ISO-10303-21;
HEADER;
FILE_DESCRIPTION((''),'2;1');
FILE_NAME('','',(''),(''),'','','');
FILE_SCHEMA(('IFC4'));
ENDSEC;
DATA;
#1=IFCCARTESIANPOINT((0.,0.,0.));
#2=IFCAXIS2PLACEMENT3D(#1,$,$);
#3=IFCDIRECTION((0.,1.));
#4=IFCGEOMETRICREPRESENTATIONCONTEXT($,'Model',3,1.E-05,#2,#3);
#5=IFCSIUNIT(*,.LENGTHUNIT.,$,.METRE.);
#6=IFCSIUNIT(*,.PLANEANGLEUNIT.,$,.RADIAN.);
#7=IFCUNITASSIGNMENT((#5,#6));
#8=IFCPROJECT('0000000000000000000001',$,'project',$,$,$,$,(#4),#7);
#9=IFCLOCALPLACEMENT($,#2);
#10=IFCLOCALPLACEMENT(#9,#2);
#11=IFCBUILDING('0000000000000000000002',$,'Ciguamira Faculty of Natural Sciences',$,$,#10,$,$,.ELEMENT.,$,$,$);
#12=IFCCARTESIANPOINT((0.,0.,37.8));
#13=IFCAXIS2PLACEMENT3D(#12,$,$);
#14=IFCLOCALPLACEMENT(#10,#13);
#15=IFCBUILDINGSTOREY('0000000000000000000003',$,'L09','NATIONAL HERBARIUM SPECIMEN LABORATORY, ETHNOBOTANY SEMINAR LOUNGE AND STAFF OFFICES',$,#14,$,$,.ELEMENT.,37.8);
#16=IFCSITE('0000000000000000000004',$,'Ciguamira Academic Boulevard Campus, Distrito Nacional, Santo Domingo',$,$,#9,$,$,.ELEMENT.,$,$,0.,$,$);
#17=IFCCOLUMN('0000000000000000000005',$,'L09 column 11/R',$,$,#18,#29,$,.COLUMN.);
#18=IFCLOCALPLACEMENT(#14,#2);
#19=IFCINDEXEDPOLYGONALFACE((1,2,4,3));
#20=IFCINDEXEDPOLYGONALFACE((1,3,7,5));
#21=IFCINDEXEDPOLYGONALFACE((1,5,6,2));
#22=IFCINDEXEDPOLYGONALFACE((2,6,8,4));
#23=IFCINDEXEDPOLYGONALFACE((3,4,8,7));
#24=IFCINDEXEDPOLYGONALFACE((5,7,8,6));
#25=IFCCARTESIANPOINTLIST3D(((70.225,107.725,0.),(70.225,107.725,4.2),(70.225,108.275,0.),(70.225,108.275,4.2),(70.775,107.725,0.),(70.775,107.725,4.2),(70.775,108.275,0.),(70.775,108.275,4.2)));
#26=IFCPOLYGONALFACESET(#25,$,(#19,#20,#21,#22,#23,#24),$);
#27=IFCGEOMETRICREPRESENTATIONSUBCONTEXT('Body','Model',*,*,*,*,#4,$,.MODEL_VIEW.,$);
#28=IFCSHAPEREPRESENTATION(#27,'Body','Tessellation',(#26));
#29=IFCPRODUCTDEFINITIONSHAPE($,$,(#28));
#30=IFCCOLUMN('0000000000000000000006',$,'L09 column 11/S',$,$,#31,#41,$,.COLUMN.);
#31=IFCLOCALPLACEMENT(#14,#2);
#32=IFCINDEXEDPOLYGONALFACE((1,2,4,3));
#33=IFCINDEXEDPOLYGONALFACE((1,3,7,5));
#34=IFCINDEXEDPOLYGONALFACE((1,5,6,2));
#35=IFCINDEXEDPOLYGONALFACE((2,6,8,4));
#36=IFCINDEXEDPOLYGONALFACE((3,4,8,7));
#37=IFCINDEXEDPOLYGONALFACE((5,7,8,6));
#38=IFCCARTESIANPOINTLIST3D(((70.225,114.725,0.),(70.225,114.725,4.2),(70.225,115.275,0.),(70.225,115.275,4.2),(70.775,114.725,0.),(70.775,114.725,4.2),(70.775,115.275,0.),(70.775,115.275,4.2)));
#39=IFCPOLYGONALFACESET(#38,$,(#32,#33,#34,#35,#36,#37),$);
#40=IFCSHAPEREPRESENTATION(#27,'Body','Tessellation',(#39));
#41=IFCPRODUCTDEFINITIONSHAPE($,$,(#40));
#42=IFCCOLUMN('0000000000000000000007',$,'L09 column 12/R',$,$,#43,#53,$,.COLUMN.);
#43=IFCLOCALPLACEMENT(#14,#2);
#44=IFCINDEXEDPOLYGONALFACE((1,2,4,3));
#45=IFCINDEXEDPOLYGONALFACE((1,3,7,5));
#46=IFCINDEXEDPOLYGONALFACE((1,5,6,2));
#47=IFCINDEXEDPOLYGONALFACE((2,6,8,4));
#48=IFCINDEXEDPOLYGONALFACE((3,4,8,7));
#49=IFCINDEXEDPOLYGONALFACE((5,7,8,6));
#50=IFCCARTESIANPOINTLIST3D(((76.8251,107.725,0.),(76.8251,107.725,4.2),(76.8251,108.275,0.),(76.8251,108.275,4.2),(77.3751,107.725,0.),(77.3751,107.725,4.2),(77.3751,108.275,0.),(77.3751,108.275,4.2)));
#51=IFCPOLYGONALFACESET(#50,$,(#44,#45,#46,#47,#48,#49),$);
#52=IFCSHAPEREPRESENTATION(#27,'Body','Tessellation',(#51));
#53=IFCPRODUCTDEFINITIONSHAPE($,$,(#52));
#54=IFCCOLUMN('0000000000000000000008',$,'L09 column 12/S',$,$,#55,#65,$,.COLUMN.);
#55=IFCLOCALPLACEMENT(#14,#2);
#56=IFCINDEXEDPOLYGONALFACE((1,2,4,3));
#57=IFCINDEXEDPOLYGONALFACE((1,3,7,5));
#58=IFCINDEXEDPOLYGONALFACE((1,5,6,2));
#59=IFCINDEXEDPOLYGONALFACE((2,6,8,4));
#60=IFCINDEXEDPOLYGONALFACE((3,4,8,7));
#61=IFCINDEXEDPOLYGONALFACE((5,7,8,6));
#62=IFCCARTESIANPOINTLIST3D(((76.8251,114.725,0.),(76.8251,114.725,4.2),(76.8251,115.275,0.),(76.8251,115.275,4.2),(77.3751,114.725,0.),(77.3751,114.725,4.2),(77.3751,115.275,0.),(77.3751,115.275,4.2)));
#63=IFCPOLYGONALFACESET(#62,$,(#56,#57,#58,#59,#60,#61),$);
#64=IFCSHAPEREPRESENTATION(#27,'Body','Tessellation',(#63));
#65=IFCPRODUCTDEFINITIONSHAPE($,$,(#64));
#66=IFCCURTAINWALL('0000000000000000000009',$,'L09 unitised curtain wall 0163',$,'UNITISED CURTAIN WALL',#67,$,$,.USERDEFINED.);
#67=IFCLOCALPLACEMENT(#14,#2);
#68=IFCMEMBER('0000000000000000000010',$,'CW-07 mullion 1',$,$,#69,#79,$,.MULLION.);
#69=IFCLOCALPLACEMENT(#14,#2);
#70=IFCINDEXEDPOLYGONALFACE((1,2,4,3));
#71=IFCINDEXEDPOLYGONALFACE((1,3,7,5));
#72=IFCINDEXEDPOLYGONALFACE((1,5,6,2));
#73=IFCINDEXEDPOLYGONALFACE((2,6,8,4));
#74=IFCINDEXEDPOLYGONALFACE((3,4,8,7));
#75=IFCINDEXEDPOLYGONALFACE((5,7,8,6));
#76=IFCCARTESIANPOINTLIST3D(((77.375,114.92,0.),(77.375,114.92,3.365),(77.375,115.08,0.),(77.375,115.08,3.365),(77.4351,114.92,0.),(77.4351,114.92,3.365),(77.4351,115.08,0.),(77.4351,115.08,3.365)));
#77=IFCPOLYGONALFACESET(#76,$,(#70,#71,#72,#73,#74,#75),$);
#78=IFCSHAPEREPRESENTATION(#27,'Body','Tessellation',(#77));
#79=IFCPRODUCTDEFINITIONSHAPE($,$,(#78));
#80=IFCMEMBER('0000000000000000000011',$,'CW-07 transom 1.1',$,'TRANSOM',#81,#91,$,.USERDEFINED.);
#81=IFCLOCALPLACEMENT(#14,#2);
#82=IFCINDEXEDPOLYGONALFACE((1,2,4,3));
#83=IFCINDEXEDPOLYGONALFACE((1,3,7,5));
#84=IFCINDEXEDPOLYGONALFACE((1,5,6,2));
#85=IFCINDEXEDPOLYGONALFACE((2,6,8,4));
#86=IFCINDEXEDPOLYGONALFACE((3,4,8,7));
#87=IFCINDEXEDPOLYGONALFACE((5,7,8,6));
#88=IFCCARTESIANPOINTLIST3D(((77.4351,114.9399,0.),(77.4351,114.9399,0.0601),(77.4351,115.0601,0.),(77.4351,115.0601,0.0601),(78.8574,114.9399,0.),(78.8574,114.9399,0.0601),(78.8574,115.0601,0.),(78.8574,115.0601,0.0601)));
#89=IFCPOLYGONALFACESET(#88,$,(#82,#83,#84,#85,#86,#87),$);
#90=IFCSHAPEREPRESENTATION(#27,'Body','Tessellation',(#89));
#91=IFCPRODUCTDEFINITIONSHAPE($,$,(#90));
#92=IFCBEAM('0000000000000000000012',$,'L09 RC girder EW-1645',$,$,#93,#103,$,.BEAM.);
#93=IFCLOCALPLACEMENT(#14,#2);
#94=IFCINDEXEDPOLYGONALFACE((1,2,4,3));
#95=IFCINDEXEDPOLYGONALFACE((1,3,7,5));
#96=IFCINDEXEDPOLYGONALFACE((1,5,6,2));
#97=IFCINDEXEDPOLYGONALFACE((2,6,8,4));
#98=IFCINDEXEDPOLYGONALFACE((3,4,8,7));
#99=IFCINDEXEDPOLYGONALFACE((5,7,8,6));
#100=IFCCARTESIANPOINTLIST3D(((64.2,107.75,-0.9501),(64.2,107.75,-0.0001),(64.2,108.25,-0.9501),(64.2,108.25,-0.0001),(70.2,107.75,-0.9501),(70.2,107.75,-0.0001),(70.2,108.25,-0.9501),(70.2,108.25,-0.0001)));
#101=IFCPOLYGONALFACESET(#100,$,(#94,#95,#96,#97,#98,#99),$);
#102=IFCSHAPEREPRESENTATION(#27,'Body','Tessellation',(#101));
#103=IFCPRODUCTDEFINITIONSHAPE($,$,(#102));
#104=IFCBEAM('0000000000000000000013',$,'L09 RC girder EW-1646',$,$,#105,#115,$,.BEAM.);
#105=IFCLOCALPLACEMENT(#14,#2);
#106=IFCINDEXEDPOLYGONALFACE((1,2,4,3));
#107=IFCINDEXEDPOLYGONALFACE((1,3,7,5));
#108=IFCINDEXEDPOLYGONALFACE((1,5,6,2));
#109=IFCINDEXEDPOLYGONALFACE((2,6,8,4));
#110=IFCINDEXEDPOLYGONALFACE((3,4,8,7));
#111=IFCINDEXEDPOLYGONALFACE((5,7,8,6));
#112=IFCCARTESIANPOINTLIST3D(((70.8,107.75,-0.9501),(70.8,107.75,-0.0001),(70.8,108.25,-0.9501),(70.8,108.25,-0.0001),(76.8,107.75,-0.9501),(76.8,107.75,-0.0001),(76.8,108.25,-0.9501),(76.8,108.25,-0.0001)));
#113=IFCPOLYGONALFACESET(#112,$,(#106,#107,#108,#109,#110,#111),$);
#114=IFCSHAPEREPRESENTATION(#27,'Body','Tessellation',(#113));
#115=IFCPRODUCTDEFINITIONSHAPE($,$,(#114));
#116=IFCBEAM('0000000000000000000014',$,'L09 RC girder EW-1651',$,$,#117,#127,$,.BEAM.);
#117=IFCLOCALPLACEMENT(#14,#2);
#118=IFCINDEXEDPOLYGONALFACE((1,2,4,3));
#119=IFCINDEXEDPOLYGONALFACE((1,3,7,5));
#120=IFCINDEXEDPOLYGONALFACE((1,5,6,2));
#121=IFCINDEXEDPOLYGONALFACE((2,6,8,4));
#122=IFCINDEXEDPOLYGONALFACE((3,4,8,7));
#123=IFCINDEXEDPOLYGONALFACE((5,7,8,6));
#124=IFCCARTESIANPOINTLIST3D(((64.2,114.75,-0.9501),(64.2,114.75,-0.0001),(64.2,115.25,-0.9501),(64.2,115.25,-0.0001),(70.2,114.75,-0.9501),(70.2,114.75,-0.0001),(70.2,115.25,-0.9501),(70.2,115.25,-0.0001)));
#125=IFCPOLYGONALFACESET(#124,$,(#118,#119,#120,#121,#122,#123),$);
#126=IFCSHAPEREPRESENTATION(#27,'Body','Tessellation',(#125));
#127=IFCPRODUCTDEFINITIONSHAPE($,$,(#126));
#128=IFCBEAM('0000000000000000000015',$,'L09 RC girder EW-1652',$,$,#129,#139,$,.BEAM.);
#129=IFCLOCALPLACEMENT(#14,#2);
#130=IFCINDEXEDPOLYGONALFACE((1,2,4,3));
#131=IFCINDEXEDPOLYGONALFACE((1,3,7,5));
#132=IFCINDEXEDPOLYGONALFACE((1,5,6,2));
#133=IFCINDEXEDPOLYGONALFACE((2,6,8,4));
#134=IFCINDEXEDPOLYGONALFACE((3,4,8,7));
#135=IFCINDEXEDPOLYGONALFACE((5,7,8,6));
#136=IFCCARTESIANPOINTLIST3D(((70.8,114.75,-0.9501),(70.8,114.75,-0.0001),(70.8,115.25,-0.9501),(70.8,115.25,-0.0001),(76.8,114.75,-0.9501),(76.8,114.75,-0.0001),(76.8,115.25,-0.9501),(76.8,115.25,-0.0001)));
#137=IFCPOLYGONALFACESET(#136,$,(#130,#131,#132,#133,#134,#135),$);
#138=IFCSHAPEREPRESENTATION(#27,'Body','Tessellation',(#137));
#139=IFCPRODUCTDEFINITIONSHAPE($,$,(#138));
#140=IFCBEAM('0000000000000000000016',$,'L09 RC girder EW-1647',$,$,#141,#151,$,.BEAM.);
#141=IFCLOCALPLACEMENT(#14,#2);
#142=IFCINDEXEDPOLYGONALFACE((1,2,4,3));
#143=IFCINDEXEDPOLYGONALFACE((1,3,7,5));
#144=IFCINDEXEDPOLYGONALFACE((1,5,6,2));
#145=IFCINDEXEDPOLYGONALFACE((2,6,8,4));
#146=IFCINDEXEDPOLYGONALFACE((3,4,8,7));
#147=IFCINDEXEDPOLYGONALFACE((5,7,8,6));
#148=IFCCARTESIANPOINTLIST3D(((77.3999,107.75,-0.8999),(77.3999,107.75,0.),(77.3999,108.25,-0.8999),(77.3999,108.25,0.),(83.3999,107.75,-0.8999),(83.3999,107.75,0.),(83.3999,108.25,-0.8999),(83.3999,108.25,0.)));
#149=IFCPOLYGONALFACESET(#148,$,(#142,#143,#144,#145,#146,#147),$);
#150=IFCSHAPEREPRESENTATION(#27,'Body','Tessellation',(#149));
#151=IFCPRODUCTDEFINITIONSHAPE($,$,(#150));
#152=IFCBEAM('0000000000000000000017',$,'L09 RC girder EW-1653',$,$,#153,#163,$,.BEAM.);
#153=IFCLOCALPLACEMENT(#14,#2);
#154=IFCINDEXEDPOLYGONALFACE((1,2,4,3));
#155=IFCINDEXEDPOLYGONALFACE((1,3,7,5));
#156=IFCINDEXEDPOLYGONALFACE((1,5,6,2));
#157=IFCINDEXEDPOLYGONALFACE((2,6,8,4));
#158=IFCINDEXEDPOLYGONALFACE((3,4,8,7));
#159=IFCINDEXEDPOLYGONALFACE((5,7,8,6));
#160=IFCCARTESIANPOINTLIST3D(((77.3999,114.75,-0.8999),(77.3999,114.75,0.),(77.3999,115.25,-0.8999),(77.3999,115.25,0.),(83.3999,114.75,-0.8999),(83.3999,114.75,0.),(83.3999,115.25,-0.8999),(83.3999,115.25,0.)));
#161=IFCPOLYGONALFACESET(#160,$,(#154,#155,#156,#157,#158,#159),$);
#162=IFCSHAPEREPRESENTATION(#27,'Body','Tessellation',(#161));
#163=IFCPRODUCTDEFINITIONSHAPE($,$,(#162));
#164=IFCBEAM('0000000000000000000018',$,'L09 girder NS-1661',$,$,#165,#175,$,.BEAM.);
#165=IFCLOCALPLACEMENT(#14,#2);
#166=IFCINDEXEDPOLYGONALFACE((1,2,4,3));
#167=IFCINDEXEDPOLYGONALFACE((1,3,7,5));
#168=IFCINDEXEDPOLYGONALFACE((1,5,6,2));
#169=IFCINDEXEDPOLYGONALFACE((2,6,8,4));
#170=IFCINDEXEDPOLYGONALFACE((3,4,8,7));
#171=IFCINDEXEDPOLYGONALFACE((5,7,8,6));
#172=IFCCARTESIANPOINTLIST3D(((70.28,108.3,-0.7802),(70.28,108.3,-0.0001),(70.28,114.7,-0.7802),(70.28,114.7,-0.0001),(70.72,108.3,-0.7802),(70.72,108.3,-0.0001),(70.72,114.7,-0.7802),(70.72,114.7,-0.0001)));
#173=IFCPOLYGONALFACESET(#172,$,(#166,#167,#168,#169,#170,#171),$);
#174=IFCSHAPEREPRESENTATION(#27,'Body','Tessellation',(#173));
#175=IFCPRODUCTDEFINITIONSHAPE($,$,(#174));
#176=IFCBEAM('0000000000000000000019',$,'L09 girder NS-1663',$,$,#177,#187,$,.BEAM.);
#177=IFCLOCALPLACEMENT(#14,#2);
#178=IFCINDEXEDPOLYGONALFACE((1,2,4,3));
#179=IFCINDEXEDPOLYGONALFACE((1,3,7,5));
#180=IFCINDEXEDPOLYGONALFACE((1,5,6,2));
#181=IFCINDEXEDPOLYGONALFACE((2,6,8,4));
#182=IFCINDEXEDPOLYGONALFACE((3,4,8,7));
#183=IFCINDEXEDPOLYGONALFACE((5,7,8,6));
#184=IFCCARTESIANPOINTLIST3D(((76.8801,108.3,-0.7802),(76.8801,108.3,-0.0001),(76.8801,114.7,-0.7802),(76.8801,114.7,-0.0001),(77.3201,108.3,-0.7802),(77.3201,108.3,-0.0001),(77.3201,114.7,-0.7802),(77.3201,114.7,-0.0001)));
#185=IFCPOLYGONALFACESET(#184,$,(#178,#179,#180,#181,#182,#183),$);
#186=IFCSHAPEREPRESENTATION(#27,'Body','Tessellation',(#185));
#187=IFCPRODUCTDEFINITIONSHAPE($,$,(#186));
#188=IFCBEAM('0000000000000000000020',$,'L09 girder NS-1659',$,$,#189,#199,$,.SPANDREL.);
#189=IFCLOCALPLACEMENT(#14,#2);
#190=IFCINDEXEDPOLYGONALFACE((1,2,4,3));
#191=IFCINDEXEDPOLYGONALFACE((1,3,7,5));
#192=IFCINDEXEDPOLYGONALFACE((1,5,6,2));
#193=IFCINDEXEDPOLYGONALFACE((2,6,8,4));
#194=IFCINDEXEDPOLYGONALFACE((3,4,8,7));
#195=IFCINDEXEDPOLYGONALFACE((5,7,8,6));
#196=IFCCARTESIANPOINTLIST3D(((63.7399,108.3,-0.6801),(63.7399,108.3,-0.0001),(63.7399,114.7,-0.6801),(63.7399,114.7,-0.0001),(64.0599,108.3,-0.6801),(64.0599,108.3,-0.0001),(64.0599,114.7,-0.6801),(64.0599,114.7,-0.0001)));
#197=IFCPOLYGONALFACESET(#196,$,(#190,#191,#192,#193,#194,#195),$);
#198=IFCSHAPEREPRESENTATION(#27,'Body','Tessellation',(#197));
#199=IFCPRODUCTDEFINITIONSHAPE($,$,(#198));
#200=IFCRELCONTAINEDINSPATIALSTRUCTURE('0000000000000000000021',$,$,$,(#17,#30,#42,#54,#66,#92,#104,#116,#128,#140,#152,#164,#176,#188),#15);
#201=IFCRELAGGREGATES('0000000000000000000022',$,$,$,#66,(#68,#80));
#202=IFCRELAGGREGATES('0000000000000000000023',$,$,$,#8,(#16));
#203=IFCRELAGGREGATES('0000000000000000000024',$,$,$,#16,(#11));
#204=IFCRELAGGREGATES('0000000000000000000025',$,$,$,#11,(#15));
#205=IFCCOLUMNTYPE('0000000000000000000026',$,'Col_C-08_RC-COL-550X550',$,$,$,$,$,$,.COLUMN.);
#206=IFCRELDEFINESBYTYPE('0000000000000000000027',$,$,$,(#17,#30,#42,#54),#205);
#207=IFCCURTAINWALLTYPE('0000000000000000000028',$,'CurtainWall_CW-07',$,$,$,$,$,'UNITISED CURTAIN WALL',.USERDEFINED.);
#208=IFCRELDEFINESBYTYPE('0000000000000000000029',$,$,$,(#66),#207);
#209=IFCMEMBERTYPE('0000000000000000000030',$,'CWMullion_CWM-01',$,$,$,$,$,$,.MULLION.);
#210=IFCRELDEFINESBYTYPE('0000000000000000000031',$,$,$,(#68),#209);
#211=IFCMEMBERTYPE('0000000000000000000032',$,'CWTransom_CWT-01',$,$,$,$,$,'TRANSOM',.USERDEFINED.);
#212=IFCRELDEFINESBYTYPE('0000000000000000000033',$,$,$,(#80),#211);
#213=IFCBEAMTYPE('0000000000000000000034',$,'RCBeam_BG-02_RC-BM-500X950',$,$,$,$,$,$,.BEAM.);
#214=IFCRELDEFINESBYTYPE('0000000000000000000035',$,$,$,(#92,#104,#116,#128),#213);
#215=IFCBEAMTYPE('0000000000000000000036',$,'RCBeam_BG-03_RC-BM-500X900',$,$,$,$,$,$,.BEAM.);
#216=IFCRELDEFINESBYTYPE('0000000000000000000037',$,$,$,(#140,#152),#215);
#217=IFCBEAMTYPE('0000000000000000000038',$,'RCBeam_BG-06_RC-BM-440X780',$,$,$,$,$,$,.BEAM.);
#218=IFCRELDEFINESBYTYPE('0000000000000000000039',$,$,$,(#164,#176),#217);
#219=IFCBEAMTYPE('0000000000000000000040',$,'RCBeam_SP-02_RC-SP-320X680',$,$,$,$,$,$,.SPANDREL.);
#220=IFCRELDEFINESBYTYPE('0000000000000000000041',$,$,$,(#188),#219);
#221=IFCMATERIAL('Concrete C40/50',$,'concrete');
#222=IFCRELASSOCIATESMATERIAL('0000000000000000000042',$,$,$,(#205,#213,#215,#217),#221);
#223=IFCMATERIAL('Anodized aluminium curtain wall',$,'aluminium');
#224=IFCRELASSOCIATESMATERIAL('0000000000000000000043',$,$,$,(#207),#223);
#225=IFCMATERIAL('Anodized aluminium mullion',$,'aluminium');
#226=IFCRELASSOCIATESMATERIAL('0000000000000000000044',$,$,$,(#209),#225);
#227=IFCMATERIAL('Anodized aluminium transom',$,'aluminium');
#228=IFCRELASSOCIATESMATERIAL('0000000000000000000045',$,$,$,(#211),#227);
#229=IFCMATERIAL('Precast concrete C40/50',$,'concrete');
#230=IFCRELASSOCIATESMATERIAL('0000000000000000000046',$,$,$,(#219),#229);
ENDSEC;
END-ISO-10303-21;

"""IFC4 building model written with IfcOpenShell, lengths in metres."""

from ifc_helpers import new_model, si_unit, direction, frame, origin, origin_2d, place, context, subcontext, project, spatial, rectangle, extrude, material, material_profile, profile_set, type_object, element, aggregate, save


model = new_model("IFC4")

# Units and contexts
model_context = context("Model", 3, precision=1e-05, world=origin(), true_north=direction((0.0, 1.0)))
body_context = subcontext(model_context, "Body", "Model", "MODEL_VIEW")
ifc_project = project(units=[si_unit("LENGTHUNIT", "METRE"), si_unit("PLANEANGLEUNIT", "RADIAN")], contexts=[model_context])

# Site, building, storey
site_placement = place(None, origin())
site = spatial("IfcSite", under=ifc_project, at=site_placement, Name="Ciguamira Academic Boulevard Campus, Distrito Nacional, Santo Domingo", CompositionType="ELEMENT", RefElevation=0.0)
building_placement = place(site_placement, origin())
building = spatial("IfcBuilding", under=site, at=building_placement, Name="Ciguamira Faculty of Natural Sciences", CompositionType="ELEMENT")
storey_placement = place(building_placement, frame((0.0, 0.0, 37.8)))
storey = spatial("IfcBuildingStorey", under=building, at=storey_placement, Name="L09", Description="NATIONAL HERBARIUM SPECIMEN LABORATORY, ETHNOBOTANY SEMINAR LOUNGE AND STAFF OFFICES", CompositionType="ELEMENT", Elevation=37.8)

# Columns
ifc_material_1 = material(Name="Concrete C40/50", Category="concrete")
ifc_material_profile_1 = material_profile(ifc_material_1, rectangle(XDim=0.55, YDim=0.55, at=origin_2d()), Name="RC-COL-550X550")
ifc_profile_set_1 = profile_set([ifc_material_profile_1], Name="Concrete C40/50")
column_type = type_object("IfcColumnType", Name="Col_C-08_RC-COL-550X550", PredefinedType="COLUMN", material=ifc_profile_set_1)
for number, where, z_axis, x_axis, name in (
    (1, (70.5, 108.0, 0.0), (0.0, 0.0, 1.0), (1.0, 0.0, 0.0), "L09 column 11/R"),
    (2, (70.5, 115.0, 0.0), (0.0, 0.0, 1.0), (1.0, 0.0, 0.0), "L09 column 11/S"),
    (3, (77.1001, 108.0, 0.0), (0.0, 0.0, 1.0), (1.0, 0.0, 0.0), "L09 column 12/R"),
    (4, (77.1001, 115.0, 0.0), (0.0, 0.0, 1.0), (1.0, 0.0, 0.0), "L09 column 12/S"),
):
    element("IfcColumn", number, at=place(storey_placement, frame(where, z_axis=z_axis, x_axis=x_axis)), inside=storey, type_object=column_type, Name=name, PredefinedType="COLUMN", context=body_context, shape_type="SweptSolid", body=[
        extrude(rectangle(XDim=0.55, YDim=0.55, at=origin_2d()), origin(), (0.0, 0.0, 1.0), 4.2),
    ])

# Curtain wall, members
ifc_material_2 = material(Name="Anodized aluminium curtain wall", Category="aluminium")
curtain_wall_type = type_object("IfcCurtainWallType", Name="CurtainWall_CW-07", ElementType="UNITISED CURTAIN WALL", PredefinedType="USERDEFINED", material=ifc_material_2)
curtain_wall_placement = place(storey_placement, origin())
curtain_wall = element("IfcCurtainWall", 5, at=curtain_wall_placement, inside=storey, type_object=curtain_wall_type, Name="L09 unitised curtain wall 0163", ObjectType="UNITISED CURTAIN WALL", PredefinedType="USERDEFINED")
ifc_material_3 = material(Name="Anodized aluminium mullion", Category="aluminium")
ifc_material_profile_2 = material_profile(ifc_material_3, rectangle(XDim=0.0601, YDim=0.1599, at=origin_2d()), Name="ALU-MUL-60X160")
ifc_profile_set_2 = profile_set([ifc_material_profile_2], Name="Anodized aluminium mullion")
member_type_1 = type_object("IfcMemberType", Name="CWMullion_CWM-01", PredefinedType="MULLION", material=ifc_profile_set_2)
member_1_placement = place(storey_placement, frame((77.405, 115.0, 0.0), z_axis=(0.0, 0.0, 1.0), x_axis=(1.0, 0.0, 0.0)))
member_1 = element("IfcMember", 6, at=member_1_placement, type_object=member_type_1, Name="CW-07 mullion 1", PredefinedType="MULLION", context=body_context, shape_type="SweptSolid", body=[
    extrude(rectangle(XDim=0.0601, YDim=0.1599, at=origin_2d()), origin(), (0.0, 0.0, 1.0), 3.365),
])
ifc_material_4 = material(Name="Anodized aluminium transom", Category="aluminium")
ifc_material_profile_3 = material_profile(ifc_material_4, rectangle(XDim=0.0601, YDim=0.1201, at=origin_2d()), Name="ALU-TRN-60X120")
ifc_profile_set_3 = profile_set([ifc_material_profile_3], Name="Anodized aluminium transom")
member_type_2 = type_object("IfcMemberType", Name="CWTransom_CWT-01", ElementType="TRANSOM", PredefinedType="USERDEFINED", material=ifc_profile_set_3)
member_2_placement = place(storey_placement, frame((77.4351, 115.0, 0.03), z_axis=(1.0, 0.0, 0.0), x_axis=(0.0, 0.0, 1.0)))
member_2 = element("IfcMember", 7, at=member_2_placement, type_object=member_type_2, Name="CW-07 transom 1.1", ObjectType="TRANSOM", PredefinedType="USERDEFINED", context=body_context, shape_type="SweptSolid", body=[
    extrude(rectangle(XDim=0.0601, YDim=0.1201, at=origin_2d()), origin(), (0.0, 0.0, 1.0), 1.4224),
])
aggregate(curtain_wall, [member_1, member_2])

# Beams
ifc_material_profile_4 = material_profile(ifc_material_1, rectangle(XDim=0.5, YDim=0.95, at=origin_2d()), Name="RC-BM-500X950")
ifc_profile_set_4 = profile_set([ifc_material_profile_4], Name="Concrete C40/50")
beam_type_1 = type_object("IfcBeamType", Name="RCBeam_BG-02_RC-BM-500X950", PredefinedType="BEAM", material=ifc_profile_set_4)
for number, where, z_axis, x_axis, name in (
    (8, (64.2, 108.0, -0.4751), (1.0, 0.0, 0.0), (0.0, 1.0, 0.0), "L09 RC girder EW-1645"),
    (9, (70.8, 108.0, -0.4751), (1.0, 0.0, 0.0), (0.0, 1.0, 0.0), "L09 RC girder EW-1646"),
    (10, (64.2, 115.0, -0.4751), (1.0, 0.0, 0.0), (0.0, 1.0, 0.0), "L09 RC girder EW-1651"),
    (11, (70.8, 115.0, -0.4751), (1.0, 0.0, 0.0), (0.0, 1.0, 0.0), "L09 RC girder EW-1652"),
):
    element("IfcBeam", number, at=place(storey_placement, frame(where, z_axis=z_axis, x_axis=x_axis)), inside=storey, type_object=beam_type_1, Name=name, PredefinedType="BEAM", context=body_context, shape_type="SweptSolid", body=[
        extrude(rectangle(XDim=0.5, YDim=0.95, at=origin_2d()), origin(), (0.0, 0.0, 1.0), 6.0),
    ])
ifc_material_profile_5 = material_profile(ifc_material_1, rectangle(XDim=0.5, YDim=0.8999, at=origin_2d()), Name="RC-BM-500X900")
ifc_profile_set_5 = profile_set([ifc_material_profile_5], Name="Concrete C40/50")
beam_type_2 = type_object("IfcBeamType", Name="RCBeam_BG-03_RC-BM-500X900", PredefinedType="BEAM", material=ifc_profile_set_5)
for number, where, z_axis, x_axis, name in (
    (12, (77.3999, 108.0, -0.45), (1.0, 0.0, 0.0), (0.0, 1.0, 0.0), "L09 RC girder EW-1647"),
    (13, (77.3999, 115.0, -0.45), (1.0, 0.0, 0.0), (0.0, 1.0, 0.0), "L09 RC girder EW-1653"),
):
    element("IfcBeam", number, at=place(storey_placement, frame(where, z_axis=z_axis, x_axis=x_axis)), inside=storey, type_object=beam_type_2, Name=name, PredefinedType="BEAM", context=body_context, shape_type="SweptSolid", body=[
        extrude(rectangle(XDim=0.5, YDim=0.8999, at=origin_2d()), origin(), (0.0, 0.0, 1.0), 6.0),
    ])
ifc_material_profile_6 = material_profile(ifc_material_1, rectangle(XDim=0.4399, YDim=0.78, at=origin_2d()), Name="RC-BM-440X780")
ifc_profile_set_6 = profile_set([ifc_material_profile_6], Name="Concrete C40/50")
beam_type_3 = type_object("IfcBeamType", Name="RCBeam_BG-06_RC-BM-440X780", PredefinedType="BEAM", material=ifc_profile_set_6)
for number, where, z_axis, x_axis, name in (
    (14, (70.5, 108.3, -0.3901), (0.0, 1.0, 0.0), (-1.0, 0.0, 0.0), "L09 girder NS-1661"),
    (15, (77.1001, 108.3, -0.3901), (0.0, 1.0, 0.0), (-1.0, 0.0, 0.0), "L09 girder NS-1663"),
):
    element("IfcBeam", number, at=place(storey_placement, frame(where, z_axis=z_axis, x_axis=x_axis)), inside=storey, type_object=beam_type_3, Name=name, PredefinedType="BEAM", context=body_context, shape_type="SweptSolid", body=[
        extrude(rectangle(XDim=0.4399, YDim=0.78, at=origin_2d()), origin(), (0.0, 0.0, 1.0), 6.3999),
    ])
ifc_material_5 = material(Name="Precast concrete C40/50", Category="concrete")
ifc_material_profile_7 = material_profile(ifc_material_5, rectangle(XDim=0.3201, YDim=0.6799, at=origin_2d()), Name="RC-SP-320X680")
ifc_profile_set_7 = profile_set([ifc_material_profile_7], Name="Precast concrete C40/50")
beam_type_4 = type_object("IfcBeamType", Name="RCBeam_SP-02_RC-SP-320X680", PredefinedType="SPANDREL", material=ifc_profile_set_7)
beam_1_placement = place(storey_placement, frame((63.8999, 108.3, -0.3401), z_axis=(0.0, 1.0, 0.0), x_axis=(-1.0, 0.0, 0.0)))
element("IfcBeam", 16, at=beam_1_placement, inside=storey, type_object=beam_type_4, Name="L09 girder NS-1659", PredefinedType="SPANDREL", context=body_context, shape_type="SweptSolid", body=[
    extrude(rectangle(XDim=0.3201, YDim=0.6799, at=origin_2d()), origin(), (0.0, 0.0, 1.0), 6.3999),
])

save(model, "model.ifc")
